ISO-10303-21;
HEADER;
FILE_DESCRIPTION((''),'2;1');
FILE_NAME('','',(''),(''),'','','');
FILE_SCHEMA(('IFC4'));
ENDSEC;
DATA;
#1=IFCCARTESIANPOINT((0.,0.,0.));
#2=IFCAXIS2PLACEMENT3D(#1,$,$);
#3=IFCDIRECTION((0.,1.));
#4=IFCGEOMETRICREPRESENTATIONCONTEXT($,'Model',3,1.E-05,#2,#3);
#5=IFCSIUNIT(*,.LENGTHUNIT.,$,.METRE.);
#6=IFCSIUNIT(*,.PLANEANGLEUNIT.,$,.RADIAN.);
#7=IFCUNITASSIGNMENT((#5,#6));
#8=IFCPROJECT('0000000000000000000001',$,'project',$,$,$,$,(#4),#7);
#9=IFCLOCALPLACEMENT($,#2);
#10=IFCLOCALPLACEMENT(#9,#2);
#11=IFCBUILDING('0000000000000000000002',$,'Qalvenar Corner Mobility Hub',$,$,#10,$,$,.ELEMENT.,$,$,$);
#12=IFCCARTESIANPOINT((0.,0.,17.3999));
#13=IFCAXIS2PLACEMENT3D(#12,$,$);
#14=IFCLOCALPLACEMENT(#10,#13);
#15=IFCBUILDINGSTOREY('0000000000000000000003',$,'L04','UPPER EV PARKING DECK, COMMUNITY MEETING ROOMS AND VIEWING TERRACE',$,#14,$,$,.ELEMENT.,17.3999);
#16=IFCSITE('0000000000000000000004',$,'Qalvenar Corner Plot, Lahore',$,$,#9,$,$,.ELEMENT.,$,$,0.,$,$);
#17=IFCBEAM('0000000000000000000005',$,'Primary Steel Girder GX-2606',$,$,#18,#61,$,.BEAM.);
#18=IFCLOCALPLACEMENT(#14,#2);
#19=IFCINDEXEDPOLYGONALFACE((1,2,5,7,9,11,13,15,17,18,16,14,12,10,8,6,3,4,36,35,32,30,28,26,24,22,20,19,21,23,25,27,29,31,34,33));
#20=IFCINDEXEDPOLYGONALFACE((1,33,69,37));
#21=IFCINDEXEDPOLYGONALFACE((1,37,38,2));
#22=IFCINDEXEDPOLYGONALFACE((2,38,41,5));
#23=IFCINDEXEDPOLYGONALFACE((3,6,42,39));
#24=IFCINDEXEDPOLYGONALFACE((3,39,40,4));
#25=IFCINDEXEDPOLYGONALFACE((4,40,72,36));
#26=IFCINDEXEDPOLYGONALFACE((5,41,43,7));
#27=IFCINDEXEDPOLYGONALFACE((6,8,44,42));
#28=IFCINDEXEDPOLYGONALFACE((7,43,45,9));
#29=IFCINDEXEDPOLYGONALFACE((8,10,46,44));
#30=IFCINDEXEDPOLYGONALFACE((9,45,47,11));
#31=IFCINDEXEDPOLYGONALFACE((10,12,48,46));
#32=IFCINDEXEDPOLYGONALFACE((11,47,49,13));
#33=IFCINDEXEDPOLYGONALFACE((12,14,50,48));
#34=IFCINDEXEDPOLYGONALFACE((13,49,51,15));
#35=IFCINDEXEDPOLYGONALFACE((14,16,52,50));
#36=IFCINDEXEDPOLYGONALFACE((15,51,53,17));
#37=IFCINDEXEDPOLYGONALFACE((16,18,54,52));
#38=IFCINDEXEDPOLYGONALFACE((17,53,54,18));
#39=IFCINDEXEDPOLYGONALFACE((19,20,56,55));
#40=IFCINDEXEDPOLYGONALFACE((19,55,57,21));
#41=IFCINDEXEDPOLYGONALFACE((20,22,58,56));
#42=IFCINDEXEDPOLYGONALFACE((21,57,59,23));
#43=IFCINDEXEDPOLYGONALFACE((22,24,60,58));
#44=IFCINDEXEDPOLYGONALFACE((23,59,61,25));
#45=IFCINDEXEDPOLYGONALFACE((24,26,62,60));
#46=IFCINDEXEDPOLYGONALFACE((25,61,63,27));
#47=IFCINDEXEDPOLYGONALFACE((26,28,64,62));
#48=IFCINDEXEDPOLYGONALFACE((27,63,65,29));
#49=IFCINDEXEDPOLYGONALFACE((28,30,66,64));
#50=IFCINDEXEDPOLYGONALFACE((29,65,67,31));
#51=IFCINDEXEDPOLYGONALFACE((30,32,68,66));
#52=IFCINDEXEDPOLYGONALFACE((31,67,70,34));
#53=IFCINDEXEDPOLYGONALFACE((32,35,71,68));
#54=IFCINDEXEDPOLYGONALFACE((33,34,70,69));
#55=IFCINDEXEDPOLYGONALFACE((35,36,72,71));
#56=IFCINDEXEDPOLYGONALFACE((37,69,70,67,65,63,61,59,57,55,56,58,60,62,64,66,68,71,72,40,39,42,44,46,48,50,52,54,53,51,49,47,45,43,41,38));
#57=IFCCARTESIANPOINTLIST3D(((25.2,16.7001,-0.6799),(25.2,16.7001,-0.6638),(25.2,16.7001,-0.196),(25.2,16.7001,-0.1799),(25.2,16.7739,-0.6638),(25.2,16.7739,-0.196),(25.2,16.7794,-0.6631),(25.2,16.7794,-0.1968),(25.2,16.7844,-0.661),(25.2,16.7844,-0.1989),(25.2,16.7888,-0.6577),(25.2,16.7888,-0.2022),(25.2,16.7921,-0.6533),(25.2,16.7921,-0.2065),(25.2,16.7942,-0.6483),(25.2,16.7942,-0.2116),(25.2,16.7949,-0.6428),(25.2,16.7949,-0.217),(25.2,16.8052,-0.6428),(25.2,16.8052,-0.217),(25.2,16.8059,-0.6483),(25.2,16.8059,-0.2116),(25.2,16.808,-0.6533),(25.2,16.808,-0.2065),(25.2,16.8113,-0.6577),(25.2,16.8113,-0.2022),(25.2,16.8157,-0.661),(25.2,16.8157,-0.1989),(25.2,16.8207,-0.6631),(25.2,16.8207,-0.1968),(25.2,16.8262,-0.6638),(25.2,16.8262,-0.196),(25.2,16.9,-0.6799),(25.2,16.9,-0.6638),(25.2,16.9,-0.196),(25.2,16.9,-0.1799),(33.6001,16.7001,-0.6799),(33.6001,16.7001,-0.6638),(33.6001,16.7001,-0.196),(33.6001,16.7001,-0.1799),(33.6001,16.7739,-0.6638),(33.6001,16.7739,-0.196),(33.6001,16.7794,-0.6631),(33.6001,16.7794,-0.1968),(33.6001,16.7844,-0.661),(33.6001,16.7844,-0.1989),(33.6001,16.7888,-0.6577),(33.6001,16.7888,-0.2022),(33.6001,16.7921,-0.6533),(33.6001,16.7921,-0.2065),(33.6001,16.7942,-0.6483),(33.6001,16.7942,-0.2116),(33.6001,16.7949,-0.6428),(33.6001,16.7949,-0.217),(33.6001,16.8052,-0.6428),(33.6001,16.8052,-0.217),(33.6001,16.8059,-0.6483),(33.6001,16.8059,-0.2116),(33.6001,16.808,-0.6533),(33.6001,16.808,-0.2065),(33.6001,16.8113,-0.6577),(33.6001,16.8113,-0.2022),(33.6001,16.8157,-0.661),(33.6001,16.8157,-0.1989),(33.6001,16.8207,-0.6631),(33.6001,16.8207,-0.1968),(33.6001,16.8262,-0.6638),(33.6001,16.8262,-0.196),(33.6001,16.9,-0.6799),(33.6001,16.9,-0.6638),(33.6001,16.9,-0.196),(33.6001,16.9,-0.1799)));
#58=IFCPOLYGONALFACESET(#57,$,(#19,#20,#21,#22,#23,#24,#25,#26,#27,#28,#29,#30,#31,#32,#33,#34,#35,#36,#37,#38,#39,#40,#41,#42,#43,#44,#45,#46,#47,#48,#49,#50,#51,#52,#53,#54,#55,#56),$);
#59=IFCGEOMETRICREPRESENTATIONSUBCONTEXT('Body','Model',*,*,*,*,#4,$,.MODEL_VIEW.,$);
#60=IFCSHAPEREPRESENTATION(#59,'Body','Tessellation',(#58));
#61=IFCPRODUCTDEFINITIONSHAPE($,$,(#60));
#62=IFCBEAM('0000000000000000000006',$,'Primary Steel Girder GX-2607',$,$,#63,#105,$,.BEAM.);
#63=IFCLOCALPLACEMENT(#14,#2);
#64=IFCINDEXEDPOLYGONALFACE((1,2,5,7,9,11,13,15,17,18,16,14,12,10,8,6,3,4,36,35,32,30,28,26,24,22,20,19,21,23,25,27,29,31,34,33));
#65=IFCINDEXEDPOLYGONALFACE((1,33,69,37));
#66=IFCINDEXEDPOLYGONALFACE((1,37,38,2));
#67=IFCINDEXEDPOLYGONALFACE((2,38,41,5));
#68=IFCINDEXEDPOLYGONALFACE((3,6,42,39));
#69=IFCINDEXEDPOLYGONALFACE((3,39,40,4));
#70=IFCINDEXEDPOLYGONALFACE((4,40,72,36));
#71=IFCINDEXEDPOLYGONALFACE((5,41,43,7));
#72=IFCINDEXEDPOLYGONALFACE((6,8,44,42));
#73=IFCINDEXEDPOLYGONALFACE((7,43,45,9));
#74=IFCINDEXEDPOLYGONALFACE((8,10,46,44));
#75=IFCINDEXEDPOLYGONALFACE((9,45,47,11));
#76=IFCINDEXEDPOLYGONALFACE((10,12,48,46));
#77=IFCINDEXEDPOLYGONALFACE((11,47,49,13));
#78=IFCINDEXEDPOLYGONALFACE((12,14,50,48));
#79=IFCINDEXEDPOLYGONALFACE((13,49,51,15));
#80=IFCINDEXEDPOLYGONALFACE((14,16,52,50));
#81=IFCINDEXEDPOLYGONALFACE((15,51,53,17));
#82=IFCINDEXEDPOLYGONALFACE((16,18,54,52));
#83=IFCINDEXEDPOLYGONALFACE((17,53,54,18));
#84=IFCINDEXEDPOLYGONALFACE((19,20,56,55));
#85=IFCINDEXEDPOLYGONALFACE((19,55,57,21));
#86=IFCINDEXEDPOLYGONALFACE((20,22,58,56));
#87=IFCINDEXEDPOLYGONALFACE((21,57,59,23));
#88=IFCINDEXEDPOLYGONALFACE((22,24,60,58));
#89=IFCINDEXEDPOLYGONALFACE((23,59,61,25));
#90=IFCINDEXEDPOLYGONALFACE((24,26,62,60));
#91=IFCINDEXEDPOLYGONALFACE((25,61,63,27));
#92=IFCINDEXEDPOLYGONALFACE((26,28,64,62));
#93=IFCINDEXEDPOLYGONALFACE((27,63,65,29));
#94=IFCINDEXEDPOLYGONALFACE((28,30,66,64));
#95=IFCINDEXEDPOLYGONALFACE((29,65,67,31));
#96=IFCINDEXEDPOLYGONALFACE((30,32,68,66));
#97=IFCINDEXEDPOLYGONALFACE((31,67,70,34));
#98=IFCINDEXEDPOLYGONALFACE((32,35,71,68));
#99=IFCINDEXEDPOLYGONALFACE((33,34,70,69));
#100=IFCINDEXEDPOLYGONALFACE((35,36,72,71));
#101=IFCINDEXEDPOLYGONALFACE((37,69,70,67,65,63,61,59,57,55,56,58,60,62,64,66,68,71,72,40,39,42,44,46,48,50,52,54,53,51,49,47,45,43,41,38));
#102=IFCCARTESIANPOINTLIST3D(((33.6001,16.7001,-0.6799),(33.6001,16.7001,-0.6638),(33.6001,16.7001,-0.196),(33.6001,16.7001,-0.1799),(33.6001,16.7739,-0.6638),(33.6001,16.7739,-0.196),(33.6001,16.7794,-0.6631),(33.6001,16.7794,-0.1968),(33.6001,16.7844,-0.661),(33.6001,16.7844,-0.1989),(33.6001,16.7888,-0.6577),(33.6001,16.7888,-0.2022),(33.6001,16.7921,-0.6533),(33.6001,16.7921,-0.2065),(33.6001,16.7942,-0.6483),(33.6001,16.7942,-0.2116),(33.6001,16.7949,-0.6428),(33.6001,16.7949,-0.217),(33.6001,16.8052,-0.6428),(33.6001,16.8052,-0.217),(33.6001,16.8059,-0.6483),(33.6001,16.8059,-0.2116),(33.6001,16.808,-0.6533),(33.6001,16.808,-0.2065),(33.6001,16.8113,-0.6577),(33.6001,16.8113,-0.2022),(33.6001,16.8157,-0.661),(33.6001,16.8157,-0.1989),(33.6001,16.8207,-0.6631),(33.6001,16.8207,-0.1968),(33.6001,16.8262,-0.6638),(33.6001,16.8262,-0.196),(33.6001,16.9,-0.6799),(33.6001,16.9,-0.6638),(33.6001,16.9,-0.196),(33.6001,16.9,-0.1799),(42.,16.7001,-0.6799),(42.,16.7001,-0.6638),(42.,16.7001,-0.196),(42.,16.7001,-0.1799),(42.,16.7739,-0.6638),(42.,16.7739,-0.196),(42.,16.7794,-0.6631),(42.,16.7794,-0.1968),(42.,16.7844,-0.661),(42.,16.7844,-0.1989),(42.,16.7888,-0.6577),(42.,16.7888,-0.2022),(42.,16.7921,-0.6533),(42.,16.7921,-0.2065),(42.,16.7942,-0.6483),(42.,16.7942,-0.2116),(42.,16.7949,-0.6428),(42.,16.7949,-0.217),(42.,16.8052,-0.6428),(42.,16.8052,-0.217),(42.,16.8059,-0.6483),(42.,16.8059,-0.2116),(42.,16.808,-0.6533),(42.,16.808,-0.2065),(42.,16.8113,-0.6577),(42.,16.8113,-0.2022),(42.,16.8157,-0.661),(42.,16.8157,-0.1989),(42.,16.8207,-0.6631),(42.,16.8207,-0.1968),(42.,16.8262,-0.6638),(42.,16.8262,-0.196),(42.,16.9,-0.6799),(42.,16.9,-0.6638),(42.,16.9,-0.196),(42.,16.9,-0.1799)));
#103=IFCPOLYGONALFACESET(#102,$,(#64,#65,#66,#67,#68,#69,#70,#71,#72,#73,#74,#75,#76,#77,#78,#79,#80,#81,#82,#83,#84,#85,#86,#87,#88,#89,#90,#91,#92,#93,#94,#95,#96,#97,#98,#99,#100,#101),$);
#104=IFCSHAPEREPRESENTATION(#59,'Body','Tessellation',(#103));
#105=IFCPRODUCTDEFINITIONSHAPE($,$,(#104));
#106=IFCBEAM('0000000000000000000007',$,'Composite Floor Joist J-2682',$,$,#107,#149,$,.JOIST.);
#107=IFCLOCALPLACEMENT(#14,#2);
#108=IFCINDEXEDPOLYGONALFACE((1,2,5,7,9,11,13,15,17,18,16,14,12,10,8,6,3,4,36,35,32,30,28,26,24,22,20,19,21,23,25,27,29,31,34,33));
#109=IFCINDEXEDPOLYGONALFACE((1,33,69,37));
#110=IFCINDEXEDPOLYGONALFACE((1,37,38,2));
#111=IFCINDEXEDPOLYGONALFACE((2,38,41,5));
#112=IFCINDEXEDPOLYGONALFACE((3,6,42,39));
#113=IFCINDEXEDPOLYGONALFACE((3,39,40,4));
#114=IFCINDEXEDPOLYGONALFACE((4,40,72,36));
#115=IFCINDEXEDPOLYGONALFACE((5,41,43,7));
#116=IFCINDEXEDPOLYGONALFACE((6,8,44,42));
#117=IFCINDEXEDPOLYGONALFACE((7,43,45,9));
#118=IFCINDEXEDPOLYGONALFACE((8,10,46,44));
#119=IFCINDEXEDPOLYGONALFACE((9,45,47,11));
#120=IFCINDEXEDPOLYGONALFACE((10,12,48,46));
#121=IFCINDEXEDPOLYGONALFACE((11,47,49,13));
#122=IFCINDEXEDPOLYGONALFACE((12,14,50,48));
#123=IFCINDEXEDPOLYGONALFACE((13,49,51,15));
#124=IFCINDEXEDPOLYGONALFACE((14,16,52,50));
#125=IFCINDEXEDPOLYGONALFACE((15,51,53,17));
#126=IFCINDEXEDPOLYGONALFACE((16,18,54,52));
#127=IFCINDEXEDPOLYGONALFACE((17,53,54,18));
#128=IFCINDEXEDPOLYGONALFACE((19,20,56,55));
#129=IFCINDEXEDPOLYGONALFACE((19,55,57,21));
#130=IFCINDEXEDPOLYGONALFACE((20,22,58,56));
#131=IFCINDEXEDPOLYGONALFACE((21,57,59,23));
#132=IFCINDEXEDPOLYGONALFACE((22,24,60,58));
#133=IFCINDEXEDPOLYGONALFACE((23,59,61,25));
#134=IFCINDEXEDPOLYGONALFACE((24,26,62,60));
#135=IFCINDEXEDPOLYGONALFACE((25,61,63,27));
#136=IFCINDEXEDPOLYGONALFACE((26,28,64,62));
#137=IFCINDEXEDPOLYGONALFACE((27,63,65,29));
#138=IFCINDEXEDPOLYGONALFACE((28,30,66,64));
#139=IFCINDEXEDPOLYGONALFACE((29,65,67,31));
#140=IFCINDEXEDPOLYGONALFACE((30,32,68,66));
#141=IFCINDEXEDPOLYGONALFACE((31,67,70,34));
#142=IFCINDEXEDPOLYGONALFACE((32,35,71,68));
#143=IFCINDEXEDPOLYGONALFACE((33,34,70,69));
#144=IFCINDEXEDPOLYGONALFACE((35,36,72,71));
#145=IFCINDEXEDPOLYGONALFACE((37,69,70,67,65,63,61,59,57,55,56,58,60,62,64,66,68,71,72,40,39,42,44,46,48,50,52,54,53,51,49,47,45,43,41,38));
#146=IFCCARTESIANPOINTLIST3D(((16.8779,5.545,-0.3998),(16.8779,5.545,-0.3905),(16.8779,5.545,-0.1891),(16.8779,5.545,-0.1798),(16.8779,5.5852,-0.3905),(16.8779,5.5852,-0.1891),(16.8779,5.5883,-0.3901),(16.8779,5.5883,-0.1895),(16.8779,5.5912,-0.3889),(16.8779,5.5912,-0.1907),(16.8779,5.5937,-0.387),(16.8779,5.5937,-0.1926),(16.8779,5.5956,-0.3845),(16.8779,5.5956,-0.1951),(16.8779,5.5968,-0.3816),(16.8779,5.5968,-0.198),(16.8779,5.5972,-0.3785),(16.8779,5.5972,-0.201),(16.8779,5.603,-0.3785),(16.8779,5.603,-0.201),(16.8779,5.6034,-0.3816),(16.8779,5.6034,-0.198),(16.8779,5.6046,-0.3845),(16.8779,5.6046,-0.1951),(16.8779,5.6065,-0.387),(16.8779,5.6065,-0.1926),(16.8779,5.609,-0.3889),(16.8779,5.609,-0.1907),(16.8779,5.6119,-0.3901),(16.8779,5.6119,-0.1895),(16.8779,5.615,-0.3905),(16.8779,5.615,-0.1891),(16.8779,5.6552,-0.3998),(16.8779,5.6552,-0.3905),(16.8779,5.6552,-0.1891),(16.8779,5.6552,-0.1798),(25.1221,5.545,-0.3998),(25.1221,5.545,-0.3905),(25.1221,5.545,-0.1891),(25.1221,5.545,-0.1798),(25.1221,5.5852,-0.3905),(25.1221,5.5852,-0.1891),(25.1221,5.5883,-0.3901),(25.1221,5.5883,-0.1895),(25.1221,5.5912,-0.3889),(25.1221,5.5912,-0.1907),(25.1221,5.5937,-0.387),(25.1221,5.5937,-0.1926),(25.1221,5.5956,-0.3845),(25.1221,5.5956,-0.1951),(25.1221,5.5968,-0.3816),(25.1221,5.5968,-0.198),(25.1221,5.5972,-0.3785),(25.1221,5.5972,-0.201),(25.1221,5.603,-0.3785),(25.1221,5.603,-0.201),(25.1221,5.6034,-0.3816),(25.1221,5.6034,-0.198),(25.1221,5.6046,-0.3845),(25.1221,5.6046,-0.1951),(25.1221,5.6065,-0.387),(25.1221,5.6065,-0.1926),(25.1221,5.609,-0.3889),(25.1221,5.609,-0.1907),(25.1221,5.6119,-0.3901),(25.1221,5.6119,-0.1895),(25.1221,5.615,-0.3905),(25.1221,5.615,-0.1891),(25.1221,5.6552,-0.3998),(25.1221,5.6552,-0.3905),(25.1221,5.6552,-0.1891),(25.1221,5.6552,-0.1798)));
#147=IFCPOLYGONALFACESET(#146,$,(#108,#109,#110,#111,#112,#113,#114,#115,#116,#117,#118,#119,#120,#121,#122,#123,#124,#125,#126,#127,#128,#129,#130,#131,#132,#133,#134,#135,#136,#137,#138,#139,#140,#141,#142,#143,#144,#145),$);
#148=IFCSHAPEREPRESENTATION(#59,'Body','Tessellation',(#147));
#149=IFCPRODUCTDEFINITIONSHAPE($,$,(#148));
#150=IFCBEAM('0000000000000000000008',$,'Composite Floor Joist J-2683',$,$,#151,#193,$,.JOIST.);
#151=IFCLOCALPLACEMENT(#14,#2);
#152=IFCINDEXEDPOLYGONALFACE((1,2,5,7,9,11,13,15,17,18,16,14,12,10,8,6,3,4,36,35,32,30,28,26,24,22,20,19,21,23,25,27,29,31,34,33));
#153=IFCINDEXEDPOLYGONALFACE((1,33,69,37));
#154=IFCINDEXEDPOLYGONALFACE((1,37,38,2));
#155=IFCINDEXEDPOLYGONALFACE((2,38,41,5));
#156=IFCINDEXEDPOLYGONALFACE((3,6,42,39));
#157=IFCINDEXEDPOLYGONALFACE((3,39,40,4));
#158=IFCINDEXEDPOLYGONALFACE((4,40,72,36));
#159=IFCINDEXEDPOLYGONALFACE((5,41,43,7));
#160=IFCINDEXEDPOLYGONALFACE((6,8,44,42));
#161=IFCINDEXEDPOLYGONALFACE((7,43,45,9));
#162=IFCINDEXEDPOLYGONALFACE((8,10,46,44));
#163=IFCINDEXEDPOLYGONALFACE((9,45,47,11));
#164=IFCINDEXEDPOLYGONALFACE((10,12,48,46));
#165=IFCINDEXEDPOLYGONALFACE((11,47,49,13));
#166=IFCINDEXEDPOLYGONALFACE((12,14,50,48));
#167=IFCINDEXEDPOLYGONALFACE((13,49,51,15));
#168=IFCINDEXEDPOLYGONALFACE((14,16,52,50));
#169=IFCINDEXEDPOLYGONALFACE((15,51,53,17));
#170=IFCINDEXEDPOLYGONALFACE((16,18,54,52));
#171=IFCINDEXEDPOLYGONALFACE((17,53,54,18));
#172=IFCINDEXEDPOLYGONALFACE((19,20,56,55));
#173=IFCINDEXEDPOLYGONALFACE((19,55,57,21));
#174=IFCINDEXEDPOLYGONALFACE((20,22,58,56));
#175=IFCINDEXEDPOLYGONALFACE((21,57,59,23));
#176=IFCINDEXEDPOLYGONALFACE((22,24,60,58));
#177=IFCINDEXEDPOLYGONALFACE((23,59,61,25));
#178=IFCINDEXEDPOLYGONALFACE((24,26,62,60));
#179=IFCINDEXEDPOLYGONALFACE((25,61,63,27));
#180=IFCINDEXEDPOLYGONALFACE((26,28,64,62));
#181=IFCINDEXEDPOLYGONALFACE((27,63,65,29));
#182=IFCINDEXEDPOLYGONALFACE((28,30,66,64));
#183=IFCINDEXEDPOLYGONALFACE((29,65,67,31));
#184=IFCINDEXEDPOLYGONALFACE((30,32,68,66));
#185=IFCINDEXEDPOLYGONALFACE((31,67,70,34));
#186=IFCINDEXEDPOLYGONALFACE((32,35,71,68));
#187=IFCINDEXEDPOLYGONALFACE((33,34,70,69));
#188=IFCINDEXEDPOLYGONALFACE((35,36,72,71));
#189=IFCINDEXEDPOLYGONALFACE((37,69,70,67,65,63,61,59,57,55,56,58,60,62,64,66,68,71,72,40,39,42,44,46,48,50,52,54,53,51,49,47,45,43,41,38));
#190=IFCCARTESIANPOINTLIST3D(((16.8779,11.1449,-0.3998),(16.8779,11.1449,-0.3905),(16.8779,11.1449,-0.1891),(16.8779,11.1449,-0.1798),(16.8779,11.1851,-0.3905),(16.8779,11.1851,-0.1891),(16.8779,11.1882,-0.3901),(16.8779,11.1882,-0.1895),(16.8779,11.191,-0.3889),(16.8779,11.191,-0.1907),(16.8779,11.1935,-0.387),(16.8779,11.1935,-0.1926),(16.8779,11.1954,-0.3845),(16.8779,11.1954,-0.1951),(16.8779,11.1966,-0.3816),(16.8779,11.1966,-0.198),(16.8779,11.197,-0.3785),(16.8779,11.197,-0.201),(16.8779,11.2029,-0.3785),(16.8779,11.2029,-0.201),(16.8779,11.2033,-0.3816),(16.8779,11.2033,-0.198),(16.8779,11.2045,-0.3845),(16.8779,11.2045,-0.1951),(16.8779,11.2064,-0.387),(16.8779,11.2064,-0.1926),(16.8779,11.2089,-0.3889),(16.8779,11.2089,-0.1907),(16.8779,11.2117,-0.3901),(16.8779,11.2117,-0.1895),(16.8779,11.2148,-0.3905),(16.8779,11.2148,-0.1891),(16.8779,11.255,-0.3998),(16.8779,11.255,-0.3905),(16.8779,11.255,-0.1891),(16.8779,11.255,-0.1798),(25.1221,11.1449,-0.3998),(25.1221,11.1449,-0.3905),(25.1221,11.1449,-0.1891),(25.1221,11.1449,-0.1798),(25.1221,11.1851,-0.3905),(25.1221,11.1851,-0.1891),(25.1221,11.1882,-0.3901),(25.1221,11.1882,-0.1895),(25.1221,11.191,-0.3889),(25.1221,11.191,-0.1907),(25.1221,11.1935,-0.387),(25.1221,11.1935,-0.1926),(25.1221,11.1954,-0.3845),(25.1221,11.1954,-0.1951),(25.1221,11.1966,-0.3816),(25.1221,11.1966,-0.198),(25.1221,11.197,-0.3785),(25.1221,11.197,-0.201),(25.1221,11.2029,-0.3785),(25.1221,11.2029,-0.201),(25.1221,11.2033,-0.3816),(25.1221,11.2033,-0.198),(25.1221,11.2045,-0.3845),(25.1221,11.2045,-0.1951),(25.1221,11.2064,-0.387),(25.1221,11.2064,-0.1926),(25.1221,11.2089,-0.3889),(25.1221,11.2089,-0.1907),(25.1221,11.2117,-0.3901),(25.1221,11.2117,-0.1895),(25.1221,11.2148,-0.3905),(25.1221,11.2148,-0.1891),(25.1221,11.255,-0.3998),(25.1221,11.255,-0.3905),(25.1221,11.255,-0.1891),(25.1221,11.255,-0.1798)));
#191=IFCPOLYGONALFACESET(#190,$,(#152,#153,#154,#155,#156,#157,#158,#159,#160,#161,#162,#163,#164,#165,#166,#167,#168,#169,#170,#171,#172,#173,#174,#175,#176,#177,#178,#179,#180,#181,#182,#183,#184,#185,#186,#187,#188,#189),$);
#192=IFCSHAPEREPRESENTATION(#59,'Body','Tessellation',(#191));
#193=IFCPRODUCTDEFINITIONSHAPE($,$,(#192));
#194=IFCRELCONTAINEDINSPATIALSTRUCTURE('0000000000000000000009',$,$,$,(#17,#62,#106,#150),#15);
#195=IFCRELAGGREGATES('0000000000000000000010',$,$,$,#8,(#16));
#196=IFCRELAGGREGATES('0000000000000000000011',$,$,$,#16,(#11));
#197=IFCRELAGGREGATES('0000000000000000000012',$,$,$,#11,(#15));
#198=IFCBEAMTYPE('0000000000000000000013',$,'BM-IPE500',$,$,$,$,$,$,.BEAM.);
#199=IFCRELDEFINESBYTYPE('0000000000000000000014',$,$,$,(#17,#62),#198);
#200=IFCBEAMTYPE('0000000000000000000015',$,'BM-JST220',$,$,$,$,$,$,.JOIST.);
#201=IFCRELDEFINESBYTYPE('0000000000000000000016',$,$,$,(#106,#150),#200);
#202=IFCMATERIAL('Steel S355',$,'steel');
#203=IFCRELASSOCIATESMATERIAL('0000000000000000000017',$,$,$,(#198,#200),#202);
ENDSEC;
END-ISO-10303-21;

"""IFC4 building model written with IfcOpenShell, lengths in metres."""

from ifc_helpers import new_model, si_unit, direction, frame, origin, origin_2d, place, context, subcontext, project, spatial, i_section, extrude, material, material_profile, profile_set, type_object, element, save


model = new_model("IFC4")

# Units and contexts
model_context = context("Model", 3, precision=1e-05, world=origin(), true_north=direction((0.0, 1.0)))
body_context = subcontext(model_context, "Body", "Model", "MODEL_VIEW")
ifc_project = project(units=[si_unit("LENGTHUNIT", "METRE"), si_unit("PLANEANGLEUNIT", "RADIAN")], contexts=[model_context])

# Site, building, storey
site_placement = place(None, origin())
site = spatial("IfcSite", under=ifc_project, at=site_placement, Name="Qalvenar Corner Plot, Lahore", CompositionType="ELEMENT", RefElevation=0.0)
building_placement = place(site_placement, origin())
building = spatial("IfcBuilding", under=site, at=building_placement, Name="Qalvenar Corner Mobility Hub", CompositionType="ELEMENT")
storey_placement = place(building_placement, frame((0.0, 0.0, 17.3999)))
storey = spatial("IfcBuildingStorey", under=building, at=storey_placement, Name="L04", Description="UPPER EV PARKING DECK, COMMUNITY MEETING ROOMS AND VIEWING TERRACE", CompositionType="ELEMENT", Elevation=17.3999)

# Shared definitions
ifc_material_1 = material(Name="Steel S355", Category="steel")

# Beams
ifc_material_profile_1 = material_profile(ifc_material_1, i_section(OverallWidth=0.2, OverallDepth=0.5, WebThickness=0.0103, FlangeThickness=0.0161, FilletRadius=0.021, at=origin_2d()), Name="IPE500")
ifc_profile_set_1 = profile_set([ifc_material_profile_1], Name="Steel S355")
beam_type_1 = type_object("IfcBeamType", Name="BM-IPE500", PredefinedType="BEAM", material=ifc_profile_set_1)
beam_1_placement = place(storey_placement, frame((25.2, 16.8, -0.4299), z_axis=(1.0, 0.0, 0.0), x_axis=(0.0, 1.0, 0.0)))
element("IfcBeam", 1, at=beam_1_placement, inside=storey, type_object=beam_type_1, Name="Primary Steel Girder GX-2606", PredefinedType="BEAM", context=body_context, shape_type="SweptSolid", body=[
    extrude(i_section(OverallWidth=0.2, OverallDepth=0.5, WebThickness=0.0103, FlangeThickness=0.0161, FilletRadius=0.021, at=origin_2d()), origin(), (0.0, 0.0, 1.0), 8.4001),
])
beam_2_placement = place(storey_placement, frame((33.6001, 16.8, -0.4299), z_axis=(1.0, 0.0, 0.0), x_axis=(0.0, 1.0, 0.0)))
element("IfcBeam", 2, at=beam_2_placement, inside=storey, type_object=beam_type_1, Name="Primary Steel Girder GX-2607", PredefinedType="BEAM", context=body_context, shape_type="SweptSolid", body=[
    extrude(i_section(OverallWidth=0.2, OverallDepth=0.5, WebThickness=0.0103, FlangeThickness=0.0161, FilletRadius=0.021, at=origin_2d()), origin(), (0.0, 0.0, 1.0), 8.3999),
])
ifc_material_profile_2 = material_profile(ifc_material_1, i_section(OverallWidth=0.1101, OverallDepth=0.22, WebThickness=0.0059, FlangeThickness=0.0093, FilletRadius=0.012, at=origin_2d()), Name="IPE220")
ifc_profile_set_2 = profile_set([ifc_material_profile_2], Name="Steel S355")
beam_type_2 = type_object("IfcBeamType", Name="BM-JST220", PredefinedType="JOIST", material=ifc_profile_set_2)
for number, where, z_axis, x_axis, name in (
    (3, (16.8779, 5.6001, -0.2898), (1.0, 0.0, 0.0), (0.0, 1.0, 0.0), "Composite Floor Joist J-2682"),
    (4, (16.8779, 11.2, -0.2898), (1.0, 0.0, 0.0), (0.0, 1.0, 0.0), "Composite Floor Joist J-2683"),
):
    element("IfcBeam", number, at=place(storey_placement, frame(where, z_axis=z_axis, x_axis=x_axis)), inside=storey, type_object=beam_type_2, Name=name, PredefinedType="JOIST", context=body_context, shape_type="SweptSolid", body=[
        extrude(i_section(OverallWidth=0.1101, OverallDepth=0.22, WebThickness=0.0059, FlangeThickness=0.0093, FilletRadius=0.012, at=origin_2d()), origin(), (0.0, 0.0, 1.0), 8.2441),
    ])

save(model, "model.ifc")
